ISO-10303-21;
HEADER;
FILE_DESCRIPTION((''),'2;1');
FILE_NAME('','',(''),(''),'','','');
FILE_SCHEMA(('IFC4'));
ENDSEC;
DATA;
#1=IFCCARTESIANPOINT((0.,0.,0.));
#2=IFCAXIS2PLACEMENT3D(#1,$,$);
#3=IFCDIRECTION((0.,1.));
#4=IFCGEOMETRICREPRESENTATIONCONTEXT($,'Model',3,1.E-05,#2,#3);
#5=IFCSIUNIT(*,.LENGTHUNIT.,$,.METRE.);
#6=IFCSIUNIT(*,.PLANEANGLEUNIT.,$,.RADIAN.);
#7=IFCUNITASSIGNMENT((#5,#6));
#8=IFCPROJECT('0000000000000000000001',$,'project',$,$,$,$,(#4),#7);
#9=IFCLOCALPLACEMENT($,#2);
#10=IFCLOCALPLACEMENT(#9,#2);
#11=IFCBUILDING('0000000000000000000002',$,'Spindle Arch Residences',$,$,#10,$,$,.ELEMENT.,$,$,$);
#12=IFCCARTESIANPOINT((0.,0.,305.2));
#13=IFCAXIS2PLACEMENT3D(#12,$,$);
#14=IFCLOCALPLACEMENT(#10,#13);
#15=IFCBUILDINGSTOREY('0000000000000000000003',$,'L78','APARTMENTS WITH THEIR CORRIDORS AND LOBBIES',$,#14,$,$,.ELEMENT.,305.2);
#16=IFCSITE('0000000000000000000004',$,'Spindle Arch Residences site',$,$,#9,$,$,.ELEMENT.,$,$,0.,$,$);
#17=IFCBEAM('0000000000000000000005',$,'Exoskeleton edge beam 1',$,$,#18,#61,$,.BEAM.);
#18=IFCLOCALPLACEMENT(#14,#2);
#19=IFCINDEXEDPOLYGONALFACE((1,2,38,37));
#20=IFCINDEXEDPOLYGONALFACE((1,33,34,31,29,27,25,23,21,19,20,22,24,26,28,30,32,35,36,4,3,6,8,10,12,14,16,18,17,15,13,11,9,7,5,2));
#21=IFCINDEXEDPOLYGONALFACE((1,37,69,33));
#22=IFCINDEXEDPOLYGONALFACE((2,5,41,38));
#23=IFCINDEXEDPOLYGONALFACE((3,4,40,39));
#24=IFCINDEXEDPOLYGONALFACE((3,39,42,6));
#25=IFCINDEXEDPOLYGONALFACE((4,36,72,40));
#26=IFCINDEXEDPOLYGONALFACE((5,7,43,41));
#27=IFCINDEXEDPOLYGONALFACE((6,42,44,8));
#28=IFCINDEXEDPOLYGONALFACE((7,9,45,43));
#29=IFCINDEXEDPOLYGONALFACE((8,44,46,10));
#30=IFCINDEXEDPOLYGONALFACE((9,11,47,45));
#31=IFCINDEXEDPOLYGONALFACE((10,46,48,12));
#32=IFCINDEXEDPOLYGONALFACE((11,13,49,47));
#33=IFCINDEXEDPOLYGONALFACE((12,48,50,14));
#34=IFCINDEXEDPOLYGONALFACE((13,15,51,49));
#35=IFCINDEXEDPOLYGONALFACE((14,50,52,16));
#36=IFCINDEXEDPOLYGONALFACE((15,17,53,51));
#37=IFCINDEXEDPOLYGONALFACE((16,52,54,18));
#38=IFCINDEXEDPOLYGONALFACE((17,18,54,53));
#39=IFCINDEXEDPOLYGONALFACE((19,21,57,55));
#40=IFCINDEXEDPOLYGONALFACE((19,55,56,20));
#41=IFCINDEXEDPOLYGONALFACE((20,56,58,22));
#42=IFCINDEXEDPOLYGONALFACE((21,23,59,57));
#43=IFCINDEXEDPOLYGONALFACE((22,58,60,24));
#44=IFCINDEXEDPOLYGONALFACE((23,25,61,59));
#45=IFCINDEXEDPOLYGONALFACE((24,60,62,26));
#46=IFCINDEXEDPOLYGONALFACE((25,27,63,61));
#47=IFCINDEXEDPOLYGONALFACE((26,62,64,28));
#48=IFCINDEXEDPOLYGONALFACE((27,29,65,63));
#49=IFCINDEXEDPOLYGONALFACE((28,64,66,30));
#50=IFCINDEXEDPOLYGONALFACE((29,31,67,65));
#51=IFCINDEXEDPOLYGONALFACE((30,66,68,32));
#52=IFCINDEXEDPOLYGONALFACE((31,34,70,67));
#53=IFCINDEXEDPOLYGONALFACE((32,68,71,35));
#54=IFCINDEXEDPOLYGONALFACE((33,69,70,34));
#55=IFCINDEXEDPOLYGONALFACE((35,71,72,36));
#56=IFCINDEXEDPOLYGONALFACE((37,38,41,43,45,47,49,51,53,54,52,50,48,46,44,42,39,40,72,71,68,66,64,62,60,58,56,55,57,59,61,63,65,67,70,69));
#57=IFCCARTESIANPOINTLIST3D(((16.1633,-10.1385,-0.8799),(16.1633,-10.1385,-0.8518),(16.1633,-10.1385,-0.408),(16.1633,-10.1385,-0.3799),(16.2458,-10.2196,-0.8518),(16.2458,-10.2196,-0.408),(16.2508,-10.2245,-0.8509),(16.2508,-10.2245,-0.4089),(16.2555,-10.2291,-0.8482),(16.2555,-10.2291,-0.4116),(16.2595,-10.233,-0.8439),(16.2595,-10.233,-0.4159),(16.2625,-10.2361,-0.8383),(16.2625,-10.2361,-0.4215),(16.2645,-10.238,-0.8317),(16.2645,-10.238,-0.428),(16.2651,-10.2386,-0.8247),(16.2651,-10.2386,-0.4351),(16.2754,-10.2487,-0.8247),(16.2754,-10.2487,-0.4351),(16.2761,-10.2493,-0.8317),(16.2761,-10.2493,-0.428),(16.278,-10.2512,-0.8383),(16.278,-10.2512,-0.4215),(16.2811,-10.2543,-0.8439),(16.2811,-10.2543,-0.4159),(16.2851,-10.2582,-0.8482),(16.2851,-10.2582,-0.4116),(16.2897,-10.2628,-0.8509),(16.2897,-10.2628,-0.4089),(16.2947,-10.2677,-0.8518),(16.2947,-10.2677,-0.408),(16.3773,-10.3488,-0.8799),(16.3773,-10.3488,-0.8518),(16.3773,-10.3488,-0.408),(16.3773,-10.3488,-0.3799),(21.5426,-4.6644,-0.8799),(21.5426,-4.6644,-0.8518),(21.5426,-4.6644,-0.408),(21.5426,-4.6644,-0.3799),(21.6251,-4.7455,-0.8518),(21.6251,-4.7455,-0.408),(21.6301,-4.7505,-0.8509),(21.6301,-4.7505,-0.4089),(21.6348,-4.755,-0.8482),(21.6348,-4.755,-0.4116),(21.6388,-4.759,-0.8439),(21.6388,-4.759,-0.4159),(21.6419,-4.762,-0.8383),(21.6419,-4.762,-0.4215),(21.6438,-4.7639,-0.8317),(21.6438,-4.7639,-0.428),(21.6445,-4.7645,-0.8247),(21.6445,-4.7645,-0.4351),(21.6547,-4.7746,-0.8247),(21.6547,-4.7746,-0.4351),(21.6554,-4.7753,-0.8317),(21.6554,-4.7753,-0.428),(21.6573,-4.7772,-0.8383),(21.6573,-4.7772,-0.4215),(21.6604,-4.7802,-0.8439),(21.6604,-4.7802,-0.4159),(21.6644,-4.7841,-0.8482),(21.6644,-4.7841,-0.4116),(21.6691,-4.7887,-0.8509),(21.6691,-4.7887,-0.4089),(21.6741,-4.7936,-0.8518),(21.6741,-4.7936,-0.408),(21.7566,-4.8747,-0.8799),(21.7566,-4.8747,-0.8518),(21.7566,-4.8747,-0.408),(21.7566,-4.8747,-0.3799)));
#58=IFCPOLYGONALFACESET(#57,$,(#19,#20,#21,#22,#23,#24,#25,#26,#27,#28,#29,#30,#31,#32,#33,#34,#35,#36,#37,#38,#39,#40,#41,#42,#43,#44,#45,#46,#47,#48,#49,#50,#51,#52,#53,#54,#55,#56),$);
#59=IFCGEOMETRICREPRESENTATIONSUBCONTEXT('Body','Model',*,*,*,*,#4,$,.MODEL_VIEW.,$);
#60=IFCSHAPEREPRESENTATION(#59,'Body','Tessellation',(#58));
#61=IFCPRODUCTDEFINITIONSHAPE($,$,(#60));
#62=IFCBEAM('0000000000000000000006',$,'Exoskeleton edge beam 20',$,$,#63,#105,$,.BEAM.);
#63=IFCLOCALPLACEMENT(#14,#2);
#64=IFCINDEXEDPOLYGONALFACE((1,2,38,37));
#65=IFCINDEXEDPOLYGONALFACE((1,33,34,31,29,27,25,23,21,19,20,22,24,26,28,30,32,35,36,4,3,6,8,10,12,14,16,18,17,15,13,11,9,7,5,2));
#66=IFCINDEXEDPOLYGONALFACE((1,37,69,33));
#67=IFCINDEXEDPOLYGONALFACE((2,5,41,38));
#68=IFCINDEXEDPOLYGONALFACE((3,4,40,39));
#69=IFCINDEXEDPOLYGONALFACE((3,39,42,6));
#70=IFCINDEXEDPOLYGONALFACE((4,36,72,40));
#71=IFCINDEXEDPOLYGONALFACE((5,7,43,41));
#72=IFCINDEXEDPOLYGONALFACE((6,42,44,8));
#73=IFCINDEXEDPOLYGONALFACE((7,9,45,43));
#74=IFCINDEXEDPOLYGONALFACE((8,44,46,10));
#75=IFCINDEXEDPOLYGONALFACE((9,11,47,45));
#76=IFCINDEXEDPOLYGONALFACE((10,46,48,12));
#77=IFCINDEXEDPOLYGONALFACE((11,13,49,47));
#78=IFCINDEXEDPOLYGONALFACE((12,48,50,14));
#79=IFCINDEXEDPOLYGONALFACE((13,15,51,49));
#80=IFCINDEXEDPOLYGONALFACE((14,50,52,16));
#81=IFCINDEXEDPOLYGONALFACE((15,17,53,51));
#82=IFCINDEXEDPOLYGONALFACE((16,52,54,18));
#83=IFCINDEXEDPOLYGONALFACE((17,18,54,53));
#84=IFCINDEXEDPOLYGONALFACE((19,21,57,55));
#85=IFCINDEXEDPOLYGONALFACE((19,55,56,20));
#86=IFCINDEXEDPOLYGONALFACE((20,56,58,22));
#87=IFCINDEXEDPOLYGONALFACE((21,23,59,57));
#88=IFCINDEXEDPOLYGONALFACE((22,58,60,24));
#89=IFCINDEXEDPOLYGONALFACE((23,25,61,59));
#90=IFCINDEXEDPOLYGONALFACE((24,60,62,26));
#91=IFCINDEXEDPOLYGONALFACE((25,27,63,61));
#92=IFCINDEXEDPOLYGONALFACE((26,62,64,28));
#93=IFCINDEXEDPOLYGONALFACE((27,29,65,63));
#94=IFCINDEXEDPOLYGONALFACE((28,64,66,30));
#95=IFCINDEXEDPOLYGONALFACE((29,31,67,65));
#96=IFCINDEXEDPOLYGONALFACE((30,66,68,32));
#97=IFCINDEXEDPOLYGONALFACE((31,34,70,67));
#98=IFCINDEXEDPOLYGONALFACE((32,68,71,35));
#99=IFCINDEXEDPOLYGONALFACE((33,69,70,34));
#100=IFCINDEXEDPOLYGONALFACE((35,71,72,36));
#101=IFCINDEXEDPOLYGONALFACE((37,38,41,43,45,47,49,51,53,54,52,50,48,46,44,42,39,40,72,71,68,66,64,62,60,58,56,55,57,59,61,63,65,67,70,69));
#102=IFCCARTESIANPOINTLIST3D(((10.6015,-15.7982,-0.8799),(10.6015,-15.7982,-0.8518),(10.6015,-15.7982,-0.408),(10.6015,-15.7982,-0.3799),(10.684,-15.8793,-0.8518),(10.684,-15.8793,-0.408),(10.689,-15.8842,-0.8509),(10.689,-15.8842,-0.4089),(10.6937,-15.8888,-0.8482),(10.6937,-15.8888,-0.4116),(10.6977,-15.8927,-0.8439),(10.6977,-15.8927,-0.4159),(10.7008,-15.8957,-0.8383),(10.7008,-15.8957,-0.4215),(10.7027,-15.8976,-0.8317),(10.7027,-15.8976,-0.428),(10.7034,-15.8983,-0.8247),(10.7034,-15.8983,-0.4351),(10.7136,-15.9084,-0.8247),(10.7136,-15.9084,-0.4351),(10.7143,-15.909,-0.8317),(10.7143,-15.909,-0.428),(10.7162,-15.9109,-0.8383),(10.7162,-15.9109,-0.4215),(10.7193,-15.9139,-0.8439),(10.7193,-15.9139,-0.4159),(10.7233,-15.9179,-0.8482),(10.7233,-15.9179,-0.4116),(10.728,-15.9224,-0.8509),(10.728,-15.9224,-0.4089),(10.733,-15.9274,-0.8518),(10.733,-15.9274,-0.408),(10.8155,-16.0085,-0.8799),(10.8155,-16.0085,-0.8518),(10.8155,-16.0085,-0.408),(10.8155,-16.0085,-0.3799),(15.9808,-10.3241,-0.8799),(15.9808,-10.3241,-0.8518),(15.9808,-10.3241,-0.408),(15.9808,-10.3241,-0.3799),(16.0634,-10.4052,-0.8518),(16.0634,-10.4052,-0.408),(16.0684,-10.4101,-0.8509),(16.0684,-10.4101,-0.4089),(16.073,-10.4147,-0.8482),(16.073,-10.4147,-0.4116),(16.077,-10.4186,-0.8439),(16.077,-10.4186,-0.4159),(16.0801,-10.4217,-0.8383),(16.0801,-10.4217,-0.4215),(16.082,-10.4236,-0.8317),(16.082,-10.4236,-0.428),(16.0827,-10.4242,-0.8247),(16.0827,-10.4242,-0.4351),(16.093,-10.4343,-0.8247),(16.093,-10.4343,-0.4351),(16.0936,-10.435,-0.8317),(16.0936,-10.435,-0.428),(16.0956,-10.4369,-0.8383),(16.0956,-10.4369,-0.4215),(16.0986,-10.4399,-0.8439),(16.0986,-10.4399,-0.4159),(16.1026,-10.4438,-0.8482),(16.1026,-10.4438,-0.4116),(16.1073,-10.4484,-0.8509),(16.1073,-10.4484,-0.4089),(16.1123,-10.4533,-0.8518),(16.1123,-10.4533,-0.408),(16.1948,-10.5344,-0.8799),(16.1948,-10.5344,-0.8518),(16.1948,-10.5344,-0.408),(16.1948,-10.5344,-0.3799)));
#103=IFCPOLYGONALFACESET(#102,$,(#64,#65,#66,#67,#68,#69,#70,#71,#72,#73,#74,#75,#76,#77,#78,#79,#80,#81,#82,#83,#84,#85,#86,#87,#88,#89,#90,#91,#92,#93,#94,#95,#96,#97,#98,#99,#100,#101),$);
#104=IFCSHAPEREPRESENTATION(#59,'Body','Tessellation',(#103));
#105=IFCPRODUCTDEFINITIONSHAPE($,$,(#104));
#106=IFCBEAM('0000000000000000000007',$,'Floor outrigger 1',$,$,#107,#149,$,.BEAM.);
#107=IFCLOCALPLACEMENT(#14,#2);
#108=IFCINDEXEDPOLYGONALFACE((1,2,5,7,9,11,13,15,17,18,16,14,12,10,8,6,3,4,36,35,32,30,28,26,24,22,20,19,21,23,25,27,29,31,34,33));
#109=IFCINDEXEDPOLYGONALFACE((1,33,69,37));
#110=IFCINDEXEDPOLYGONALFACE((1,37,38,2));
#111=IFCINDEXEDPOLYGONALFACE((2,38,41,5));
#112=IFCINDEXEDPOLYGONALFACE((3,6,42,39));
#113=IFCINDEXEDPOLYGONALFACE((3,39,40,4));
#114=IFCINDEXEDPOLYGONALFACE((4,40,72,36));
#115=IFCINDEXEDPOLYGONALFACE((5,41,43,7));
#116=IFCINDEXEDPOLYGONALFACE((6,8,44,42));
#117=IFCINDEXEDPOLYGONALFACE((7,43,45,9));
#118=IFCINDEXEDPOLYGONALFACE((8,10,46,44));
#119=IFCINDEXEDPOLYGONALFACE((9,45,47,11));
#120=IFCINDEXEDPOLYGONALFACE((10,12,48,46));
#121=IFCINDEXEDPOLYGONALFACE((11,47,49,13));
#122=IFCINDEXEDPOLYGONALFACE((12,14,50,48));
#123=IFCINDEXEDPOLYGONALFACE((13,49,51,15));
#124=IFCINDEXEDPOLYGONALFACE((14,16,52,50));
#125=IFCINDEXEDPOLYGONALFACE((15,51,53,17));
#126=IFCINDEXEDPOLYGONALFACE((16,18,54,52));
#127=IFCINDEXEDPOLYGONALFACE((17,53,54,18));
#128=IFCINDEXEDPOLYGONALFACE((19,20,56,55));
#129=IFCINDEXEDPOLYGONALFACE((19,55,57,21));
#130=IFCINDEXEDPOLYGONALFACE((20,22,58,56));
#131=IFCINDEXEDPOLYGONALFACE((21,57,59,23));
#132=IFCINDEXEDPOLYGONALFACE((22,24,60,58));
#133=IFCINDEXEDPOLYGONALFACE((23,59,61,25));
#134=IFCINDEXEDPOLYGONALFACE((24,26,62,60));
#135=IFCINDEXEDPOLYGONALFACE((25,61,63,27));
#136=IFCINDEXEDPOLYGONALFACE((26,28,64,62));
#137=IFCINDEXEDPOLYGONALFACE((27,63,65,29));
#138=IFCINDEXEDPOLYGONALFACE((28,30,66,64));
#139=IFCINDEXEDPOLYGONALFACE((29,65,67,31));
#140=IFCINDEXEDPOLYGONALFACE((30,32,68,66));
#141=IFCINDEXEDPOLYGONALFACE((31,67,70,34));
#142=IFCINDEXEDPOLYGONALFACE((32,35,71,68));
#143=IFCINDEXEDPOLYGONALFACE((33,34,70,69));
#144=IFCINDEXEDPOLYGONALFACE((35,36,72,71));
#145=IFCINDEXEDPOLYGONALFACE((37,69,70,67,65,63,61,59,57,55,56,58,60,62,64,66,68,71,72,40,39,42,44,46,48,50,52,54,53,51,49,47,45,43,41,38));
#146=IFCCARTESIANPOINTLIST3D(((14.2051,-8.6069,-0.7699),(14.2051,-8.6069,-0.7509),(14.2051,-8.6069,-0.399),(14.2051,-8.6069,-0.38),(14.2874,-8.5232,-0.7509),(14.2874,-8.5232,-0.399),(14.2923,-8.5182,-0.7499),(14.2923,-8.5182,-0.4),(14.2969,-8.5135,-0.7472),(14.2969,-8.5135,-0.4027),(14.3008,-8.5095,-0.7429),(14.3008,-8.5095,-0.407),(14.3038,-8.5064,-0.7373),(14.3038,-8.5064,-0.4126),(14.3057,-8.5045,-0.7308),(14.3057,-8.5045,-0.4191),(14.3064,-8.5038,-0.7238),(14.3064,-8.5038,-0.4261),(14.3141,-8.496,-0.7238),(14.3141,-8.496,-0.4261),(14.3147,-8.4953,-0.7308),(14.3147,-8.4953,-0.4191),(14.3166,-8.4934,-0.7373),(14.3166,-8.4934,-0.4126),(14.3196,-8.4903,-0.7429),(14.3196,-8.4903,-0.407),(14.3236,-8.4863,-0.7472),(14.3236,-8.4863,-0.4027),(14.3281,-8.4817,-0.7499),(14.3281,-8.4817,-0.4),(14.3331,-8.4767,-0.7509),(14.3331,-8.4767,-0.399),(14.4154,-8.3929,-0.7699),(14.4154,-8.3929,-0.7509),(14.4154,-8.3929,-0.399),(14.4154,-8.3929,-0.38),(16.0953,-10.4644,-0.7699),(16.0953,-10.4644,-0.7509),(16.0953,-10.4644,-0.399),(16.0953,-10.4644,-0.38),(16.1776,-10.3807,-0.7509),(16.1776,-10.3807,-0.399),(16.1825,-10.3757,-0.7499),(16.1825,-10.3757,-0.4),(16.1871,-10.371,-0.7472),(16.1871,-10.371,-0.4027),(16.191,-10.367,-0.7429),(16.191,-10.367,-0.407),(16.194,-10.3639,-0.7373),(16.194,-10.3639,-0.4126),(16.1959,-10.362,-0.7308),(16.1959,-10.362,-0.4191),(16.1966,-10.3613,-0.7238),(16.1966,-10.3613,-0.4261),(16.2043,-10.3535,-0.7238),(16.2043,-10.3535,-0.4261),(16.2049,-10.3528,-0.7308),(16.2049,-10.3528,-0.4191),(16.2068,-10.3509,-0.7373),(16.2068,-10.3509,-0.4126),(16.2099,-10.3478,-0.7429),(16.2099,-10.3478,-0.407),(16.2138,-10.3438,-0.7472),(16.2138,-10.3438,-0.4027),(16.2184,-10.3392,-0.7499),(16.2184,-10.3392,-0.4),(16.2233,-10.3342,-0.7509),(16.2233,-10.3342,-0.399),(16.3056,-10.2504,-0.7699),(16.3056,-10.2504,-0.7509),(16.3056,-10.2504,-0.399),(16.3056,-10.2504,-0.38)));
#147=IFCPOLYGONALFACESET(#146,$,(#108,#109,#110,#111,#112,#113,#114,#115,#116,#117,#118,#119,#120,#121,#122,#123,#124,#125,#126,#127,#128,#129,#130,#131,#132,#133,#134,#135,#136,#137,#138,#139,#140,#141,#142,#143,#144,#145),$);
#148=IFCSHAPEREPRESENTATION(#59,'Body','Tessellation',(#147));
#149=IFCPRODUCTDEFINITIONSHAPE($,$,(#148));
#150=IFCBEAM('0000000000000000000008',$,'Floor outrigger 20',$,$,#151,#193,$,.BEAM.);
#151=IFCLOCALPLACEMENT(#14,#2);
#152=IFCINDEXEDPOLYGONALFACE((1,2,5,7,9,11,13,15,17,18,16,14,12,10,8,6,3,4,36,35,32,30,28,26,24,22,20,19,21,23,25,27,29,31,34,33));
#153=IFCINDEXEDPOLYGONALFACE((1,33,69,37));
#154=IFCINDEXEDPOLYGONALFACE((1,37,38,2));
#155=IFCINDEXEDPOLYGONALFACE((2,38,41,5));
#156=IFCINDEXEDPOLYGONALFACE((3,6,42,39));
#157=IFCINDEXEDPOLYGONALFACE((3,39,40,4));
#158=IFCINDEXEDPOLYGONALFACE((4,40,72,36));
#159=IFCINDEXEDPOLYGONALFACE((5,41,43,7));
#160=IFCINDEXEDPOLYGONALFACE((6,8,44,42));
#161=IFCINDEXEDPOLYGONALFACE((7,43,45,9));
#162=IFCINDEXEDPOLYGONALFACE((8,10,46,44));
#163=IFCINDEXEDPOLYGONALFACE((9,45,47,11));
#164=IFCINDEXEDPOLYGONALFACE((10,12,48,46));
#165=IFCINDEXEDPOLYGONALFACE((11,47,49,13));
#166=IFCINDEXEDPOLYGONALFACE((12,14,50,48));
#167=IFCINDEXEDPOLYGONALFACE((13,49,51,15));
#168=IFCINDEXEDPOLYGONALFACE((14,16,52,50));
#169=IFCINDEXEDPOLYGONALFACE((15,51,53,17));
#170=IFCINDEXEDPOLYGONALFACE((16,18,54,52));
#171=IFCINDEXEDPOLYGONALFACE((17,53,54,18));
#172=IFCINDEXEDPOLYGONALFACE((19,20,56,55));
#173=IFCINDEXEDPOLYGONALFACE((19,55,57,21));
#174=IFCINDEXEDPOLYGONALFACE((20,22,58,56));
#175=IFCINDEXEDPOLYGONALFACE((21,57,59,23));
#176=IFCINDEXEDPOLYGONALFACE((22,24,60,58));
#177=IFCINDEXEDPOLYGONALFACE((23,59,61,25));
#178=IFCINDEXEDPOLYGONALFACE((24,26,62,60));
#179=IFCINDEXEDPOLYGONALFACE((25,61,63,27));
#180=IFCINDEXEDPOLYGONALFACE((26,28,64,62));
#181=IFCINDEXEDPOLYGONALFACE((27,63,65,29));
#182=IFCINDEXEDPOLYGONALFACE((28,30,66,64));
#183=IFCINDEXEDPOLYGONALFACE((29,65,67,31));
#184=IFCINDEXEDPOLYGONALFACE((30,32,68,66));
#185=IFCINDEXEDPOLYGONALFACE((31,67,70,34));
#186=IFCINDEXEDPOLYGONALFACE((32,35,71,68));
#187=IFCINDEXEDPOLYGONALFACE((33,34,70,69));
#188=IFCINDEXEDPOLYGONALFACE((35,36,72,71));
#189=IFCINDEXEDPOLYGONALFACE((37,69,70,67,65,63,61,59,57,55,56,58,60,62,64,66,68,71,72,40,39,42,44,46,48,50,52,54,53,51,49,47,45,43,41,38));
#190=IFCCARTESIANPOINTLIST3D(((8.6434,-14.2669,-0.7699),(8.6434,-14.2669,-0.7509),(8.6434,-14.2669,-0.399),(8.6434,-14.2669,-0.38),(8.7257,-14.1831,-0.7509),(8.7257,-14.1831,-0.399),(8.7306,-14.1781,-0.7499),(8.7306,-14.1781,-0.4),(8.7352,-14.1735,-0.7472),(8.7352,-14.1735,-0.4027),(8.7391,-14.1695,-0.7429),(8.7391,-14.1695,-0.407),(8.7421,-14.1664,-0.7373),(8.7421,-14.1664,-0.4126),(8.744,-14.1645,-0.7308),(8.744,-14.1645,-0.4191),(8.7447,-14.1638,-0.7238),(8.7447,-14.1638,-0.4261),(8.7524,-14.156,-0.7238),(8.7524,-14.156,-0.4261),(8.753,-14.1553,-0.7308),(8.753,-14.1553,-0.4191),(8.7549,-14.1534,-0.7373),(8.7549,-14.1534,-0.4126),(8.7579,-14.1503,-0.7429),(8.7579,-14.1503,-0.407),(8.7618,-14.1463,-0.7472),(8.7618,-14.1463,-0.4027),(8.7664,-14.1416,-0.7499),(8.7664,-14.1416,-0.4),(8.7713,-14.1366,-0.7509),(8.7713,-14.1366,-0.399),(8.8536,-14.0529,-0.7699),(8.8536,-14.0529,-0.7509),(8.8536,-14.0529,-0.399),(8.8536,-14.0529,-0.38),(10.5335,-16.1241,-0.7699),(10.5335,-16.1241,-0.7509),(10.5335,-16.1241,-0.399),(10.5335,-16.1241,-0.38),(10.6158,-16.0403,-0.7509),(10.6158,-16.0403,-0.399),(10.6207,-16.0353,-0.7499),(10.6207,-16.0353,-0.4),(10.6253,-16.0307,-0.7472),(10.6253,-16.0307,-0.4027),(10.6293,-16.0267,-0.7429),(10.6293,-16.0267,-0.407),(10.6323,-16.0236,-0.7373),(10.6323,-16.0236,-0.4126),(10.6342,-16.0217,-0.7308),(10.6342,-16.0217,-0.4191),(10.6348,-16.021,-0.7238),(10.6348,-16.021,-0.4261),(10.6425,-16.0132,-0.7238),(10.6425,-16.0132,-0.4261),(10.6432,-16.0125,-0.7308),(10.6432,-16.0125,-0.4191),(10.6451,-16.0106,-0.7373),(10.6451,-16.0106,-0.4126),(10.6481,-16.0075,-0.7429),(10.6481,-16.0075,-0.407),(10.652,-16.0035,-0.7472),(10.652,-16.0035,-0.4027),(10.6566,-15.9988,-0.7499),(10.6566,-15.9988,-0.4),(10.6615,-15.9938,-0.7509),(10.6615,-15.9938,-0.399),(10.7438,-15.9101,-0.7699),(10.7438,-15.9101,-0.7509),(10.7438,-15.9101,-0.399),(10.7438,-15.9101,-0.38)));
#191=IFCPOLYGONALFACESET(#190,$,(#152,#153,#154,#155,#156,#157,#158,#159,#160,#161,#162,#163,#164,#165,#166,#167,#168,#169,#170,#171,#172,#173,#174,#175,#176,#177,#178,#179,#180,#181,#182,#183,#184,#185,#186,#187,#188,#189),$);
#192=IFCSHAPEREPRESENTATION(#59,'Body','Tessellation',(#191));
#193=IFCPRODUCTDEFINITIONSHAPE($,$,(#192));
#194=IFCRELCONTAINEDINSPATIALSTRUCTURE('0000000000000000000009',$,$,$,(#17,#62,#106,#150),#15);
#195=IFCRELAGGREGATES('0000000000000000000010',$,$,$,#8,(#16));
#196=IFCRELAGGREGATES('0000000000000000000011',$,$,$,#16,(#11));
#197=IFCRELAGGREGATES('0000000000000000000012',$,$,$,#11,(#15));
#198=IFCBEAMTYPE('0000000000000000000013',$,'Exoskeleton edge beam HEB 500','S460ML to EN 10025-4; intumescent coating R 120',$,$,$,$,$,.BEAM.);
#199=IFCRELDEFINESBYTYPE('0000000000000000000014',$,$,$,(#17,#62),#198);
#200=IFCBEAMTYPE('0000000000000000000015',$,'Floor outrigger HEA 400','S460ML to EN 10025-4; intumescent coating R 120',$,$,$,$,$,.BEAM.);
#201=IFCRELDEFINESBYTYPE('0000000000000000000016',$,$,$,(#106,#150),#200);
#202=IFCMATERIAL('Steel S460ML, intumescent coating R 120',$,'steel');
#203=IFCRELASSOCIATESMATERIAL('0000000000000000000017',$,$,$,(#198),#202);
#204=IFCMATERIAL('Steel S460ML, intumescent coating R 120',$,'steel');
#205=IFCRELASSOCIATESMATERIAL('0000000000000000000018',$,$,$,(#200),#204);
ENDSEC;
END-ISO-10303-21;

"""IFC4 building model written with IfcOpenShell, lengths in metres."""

from ifc_helpers import new_model, si_unit, direction, frame, origin, origin_2d, place, context, subcontext, project, spatial, i_section, extrude, material, material_profile, profile_set, type_object, element, save


model = new_model("IFC4")

# Units and contexts
model_context = context("Model", 3, precision=1e-05, world=origin(), true_north=direction((0.0, 1.0)))
body_context = subcontext(model_context, "Body", "Model", "MODEL_VIEW")
ifc_project = project(units=[si_unit("LENGTHUNIT", "METRE"), si_unit("PLANEANGLEUNIT", "RADIAN")], contexts=[model_context])

# Site, building, storey
site_placement = place(None, origin())
site = spatial("IfcSite", under=ifc_project, at=site_placement, Name="Spindle Arch Residences site", CompositionType="ELEMENT", RefElevation=0.0)
building_placement = place(site_placement, origin())
building = spatial("IfcBuilding", under=site, at=building_placement, Name="Spindle Arch Residences", CompositionType="ELEMENT")
storey_placement = place(building_placement, frame((0.0, 0.0, 305.2)))
storey = spatial("IfcBuildingStorey", under=building, at=storey_placement, Name="L78", Description="APARTMENTS WITH THEIR CORRIDORS AND LOBBIES", CompositionType="ELEMENT", Elevation=305.2)

# Beams
ifc_material_1 = material(Name="Steel S460ML, intumescent coating R 120", Category="steel")
ifc_material_profile_1 = material_profile(ifc_material_1, i_section(OverallWidth=0.3, OverallDepth=0.5, WebThickness=0.0144, FlangeThickness=0.0281, FilletRadius=0.0271, at=origin_2d()), Name="HEB 500")
ifc_profile_set_1 = profile_set([ifc_material_profile_1], Name="Steel S460ML, intumescent coating R 120")
beam_type_1 = type_object("IfcBeamType", Name="Exoskeleton edge beam HEB 500", Description="S460ML to EN 10025-4; intumescent coating R 120", PredefinedType="BEAM", material=ifc_profile_set_1)
for number, where, z_axis, x_axis, name in (
    (1, (16.2703, -10.2437, -0.6299), (0.700909, 0.713251, 0.0), (-0.713251, 0.700909, 0.0), "Exoskeleton edge beam 1"),
    (2, (10.7085, -15.9033, -0.6299), (0.700909, 0.713251, 0.0), (-0.713251, 0.700909, 0.0), "Exoskeleton edge beam 20"),
):
    element("IfcBeam", number, at=place(storey_placement, frame(where, z_axis=z_axis, x_axis=x_axis)), inside=storey, type_object=beam_type_1, Name=name, PredefinedType="BEAM", context=body_context, shape_type="SweptSolid", body=[
        extrude(i_section(OverallWidth=0.3, OverallDepth=0.5, WebThickness=0.0144, FlangeThickness=0.0281, FilletRadius=0.0271, at=origin_2d()), origin(), (0.0, 0.0, 1.0), 7.6748),
    ])
ifc_material_2 = material(Name="Steel S460ML, intumescent coating R 120", Category="steel")
ifc_material_profile_2 = material_profile(ifc_material_2, i_section(OverallWidth=0.3, OverallDepth=0.3899, WebThickness=0.011, FlangeThickness=0.019, FilletRadius=0.0271, at=origin_2d()), Name="HEA 400")
ifc_profile_set_2 = profile_set([ifc_material_profile_2], Name="Steel S460ML, intumescent coating R 120")
beam_type_2 = type_object("IfcBeamType", Name="Floor outrigger HEA 400", Description="S460ML to EN 10025-4; intumescent coating R 120", PredefinedType="BEAM", material=ifc_profile_set_2)
beam_1_placement = place(storey_placement, frame((16.2004, -10.3574, -0.575), z_axis=(-0.713252, 0.700907, 0.0), x_axis=(-0.700907, -0.713252, 0.0)))
element("IfcBeam", 3, at=beam_1_placement, inside=storey, type_object=beam_type_2, Name="Floor outrigger 1", PredefinedType="BEAM", context=body_context, shape_type="SweptSolid", body=[
    extrude(i_section(OverallWidth=0.3, OverallDepth=0.3899, WebThickness=0.011, FlangeThickness=0.019, FilletRadius=0.0271, at=origin_2d()), origin(), (0.0, 0.0, 1.0), 2.6501),
])
beam_2_placement = place(storey_placement, frame((10.6387, -16.0171, -0.575), z_axis=(-0.713298, 0.70086, 0.0), x_axis=(-0.70086, -0.713298, 0.0)))
element("IfcBeam", 4, at=beam_2_placement, inside=storey, type_object=beam_type_2, Name="Floor outrigger 20", PredefinedType="BEAM", context=body_context, shape_type="SweptSolid", body=[
    extrude(i_section(OverallWidth=0.3, OverallDepth=0.3899, WebThickness=0.011, FlangeThickness=0.019, FilletRadius=0.0271, at=origin_2d()), origin(), (0.0, 0.0, 1.0), 2.6499),
])

save(model, "model.ifc")
